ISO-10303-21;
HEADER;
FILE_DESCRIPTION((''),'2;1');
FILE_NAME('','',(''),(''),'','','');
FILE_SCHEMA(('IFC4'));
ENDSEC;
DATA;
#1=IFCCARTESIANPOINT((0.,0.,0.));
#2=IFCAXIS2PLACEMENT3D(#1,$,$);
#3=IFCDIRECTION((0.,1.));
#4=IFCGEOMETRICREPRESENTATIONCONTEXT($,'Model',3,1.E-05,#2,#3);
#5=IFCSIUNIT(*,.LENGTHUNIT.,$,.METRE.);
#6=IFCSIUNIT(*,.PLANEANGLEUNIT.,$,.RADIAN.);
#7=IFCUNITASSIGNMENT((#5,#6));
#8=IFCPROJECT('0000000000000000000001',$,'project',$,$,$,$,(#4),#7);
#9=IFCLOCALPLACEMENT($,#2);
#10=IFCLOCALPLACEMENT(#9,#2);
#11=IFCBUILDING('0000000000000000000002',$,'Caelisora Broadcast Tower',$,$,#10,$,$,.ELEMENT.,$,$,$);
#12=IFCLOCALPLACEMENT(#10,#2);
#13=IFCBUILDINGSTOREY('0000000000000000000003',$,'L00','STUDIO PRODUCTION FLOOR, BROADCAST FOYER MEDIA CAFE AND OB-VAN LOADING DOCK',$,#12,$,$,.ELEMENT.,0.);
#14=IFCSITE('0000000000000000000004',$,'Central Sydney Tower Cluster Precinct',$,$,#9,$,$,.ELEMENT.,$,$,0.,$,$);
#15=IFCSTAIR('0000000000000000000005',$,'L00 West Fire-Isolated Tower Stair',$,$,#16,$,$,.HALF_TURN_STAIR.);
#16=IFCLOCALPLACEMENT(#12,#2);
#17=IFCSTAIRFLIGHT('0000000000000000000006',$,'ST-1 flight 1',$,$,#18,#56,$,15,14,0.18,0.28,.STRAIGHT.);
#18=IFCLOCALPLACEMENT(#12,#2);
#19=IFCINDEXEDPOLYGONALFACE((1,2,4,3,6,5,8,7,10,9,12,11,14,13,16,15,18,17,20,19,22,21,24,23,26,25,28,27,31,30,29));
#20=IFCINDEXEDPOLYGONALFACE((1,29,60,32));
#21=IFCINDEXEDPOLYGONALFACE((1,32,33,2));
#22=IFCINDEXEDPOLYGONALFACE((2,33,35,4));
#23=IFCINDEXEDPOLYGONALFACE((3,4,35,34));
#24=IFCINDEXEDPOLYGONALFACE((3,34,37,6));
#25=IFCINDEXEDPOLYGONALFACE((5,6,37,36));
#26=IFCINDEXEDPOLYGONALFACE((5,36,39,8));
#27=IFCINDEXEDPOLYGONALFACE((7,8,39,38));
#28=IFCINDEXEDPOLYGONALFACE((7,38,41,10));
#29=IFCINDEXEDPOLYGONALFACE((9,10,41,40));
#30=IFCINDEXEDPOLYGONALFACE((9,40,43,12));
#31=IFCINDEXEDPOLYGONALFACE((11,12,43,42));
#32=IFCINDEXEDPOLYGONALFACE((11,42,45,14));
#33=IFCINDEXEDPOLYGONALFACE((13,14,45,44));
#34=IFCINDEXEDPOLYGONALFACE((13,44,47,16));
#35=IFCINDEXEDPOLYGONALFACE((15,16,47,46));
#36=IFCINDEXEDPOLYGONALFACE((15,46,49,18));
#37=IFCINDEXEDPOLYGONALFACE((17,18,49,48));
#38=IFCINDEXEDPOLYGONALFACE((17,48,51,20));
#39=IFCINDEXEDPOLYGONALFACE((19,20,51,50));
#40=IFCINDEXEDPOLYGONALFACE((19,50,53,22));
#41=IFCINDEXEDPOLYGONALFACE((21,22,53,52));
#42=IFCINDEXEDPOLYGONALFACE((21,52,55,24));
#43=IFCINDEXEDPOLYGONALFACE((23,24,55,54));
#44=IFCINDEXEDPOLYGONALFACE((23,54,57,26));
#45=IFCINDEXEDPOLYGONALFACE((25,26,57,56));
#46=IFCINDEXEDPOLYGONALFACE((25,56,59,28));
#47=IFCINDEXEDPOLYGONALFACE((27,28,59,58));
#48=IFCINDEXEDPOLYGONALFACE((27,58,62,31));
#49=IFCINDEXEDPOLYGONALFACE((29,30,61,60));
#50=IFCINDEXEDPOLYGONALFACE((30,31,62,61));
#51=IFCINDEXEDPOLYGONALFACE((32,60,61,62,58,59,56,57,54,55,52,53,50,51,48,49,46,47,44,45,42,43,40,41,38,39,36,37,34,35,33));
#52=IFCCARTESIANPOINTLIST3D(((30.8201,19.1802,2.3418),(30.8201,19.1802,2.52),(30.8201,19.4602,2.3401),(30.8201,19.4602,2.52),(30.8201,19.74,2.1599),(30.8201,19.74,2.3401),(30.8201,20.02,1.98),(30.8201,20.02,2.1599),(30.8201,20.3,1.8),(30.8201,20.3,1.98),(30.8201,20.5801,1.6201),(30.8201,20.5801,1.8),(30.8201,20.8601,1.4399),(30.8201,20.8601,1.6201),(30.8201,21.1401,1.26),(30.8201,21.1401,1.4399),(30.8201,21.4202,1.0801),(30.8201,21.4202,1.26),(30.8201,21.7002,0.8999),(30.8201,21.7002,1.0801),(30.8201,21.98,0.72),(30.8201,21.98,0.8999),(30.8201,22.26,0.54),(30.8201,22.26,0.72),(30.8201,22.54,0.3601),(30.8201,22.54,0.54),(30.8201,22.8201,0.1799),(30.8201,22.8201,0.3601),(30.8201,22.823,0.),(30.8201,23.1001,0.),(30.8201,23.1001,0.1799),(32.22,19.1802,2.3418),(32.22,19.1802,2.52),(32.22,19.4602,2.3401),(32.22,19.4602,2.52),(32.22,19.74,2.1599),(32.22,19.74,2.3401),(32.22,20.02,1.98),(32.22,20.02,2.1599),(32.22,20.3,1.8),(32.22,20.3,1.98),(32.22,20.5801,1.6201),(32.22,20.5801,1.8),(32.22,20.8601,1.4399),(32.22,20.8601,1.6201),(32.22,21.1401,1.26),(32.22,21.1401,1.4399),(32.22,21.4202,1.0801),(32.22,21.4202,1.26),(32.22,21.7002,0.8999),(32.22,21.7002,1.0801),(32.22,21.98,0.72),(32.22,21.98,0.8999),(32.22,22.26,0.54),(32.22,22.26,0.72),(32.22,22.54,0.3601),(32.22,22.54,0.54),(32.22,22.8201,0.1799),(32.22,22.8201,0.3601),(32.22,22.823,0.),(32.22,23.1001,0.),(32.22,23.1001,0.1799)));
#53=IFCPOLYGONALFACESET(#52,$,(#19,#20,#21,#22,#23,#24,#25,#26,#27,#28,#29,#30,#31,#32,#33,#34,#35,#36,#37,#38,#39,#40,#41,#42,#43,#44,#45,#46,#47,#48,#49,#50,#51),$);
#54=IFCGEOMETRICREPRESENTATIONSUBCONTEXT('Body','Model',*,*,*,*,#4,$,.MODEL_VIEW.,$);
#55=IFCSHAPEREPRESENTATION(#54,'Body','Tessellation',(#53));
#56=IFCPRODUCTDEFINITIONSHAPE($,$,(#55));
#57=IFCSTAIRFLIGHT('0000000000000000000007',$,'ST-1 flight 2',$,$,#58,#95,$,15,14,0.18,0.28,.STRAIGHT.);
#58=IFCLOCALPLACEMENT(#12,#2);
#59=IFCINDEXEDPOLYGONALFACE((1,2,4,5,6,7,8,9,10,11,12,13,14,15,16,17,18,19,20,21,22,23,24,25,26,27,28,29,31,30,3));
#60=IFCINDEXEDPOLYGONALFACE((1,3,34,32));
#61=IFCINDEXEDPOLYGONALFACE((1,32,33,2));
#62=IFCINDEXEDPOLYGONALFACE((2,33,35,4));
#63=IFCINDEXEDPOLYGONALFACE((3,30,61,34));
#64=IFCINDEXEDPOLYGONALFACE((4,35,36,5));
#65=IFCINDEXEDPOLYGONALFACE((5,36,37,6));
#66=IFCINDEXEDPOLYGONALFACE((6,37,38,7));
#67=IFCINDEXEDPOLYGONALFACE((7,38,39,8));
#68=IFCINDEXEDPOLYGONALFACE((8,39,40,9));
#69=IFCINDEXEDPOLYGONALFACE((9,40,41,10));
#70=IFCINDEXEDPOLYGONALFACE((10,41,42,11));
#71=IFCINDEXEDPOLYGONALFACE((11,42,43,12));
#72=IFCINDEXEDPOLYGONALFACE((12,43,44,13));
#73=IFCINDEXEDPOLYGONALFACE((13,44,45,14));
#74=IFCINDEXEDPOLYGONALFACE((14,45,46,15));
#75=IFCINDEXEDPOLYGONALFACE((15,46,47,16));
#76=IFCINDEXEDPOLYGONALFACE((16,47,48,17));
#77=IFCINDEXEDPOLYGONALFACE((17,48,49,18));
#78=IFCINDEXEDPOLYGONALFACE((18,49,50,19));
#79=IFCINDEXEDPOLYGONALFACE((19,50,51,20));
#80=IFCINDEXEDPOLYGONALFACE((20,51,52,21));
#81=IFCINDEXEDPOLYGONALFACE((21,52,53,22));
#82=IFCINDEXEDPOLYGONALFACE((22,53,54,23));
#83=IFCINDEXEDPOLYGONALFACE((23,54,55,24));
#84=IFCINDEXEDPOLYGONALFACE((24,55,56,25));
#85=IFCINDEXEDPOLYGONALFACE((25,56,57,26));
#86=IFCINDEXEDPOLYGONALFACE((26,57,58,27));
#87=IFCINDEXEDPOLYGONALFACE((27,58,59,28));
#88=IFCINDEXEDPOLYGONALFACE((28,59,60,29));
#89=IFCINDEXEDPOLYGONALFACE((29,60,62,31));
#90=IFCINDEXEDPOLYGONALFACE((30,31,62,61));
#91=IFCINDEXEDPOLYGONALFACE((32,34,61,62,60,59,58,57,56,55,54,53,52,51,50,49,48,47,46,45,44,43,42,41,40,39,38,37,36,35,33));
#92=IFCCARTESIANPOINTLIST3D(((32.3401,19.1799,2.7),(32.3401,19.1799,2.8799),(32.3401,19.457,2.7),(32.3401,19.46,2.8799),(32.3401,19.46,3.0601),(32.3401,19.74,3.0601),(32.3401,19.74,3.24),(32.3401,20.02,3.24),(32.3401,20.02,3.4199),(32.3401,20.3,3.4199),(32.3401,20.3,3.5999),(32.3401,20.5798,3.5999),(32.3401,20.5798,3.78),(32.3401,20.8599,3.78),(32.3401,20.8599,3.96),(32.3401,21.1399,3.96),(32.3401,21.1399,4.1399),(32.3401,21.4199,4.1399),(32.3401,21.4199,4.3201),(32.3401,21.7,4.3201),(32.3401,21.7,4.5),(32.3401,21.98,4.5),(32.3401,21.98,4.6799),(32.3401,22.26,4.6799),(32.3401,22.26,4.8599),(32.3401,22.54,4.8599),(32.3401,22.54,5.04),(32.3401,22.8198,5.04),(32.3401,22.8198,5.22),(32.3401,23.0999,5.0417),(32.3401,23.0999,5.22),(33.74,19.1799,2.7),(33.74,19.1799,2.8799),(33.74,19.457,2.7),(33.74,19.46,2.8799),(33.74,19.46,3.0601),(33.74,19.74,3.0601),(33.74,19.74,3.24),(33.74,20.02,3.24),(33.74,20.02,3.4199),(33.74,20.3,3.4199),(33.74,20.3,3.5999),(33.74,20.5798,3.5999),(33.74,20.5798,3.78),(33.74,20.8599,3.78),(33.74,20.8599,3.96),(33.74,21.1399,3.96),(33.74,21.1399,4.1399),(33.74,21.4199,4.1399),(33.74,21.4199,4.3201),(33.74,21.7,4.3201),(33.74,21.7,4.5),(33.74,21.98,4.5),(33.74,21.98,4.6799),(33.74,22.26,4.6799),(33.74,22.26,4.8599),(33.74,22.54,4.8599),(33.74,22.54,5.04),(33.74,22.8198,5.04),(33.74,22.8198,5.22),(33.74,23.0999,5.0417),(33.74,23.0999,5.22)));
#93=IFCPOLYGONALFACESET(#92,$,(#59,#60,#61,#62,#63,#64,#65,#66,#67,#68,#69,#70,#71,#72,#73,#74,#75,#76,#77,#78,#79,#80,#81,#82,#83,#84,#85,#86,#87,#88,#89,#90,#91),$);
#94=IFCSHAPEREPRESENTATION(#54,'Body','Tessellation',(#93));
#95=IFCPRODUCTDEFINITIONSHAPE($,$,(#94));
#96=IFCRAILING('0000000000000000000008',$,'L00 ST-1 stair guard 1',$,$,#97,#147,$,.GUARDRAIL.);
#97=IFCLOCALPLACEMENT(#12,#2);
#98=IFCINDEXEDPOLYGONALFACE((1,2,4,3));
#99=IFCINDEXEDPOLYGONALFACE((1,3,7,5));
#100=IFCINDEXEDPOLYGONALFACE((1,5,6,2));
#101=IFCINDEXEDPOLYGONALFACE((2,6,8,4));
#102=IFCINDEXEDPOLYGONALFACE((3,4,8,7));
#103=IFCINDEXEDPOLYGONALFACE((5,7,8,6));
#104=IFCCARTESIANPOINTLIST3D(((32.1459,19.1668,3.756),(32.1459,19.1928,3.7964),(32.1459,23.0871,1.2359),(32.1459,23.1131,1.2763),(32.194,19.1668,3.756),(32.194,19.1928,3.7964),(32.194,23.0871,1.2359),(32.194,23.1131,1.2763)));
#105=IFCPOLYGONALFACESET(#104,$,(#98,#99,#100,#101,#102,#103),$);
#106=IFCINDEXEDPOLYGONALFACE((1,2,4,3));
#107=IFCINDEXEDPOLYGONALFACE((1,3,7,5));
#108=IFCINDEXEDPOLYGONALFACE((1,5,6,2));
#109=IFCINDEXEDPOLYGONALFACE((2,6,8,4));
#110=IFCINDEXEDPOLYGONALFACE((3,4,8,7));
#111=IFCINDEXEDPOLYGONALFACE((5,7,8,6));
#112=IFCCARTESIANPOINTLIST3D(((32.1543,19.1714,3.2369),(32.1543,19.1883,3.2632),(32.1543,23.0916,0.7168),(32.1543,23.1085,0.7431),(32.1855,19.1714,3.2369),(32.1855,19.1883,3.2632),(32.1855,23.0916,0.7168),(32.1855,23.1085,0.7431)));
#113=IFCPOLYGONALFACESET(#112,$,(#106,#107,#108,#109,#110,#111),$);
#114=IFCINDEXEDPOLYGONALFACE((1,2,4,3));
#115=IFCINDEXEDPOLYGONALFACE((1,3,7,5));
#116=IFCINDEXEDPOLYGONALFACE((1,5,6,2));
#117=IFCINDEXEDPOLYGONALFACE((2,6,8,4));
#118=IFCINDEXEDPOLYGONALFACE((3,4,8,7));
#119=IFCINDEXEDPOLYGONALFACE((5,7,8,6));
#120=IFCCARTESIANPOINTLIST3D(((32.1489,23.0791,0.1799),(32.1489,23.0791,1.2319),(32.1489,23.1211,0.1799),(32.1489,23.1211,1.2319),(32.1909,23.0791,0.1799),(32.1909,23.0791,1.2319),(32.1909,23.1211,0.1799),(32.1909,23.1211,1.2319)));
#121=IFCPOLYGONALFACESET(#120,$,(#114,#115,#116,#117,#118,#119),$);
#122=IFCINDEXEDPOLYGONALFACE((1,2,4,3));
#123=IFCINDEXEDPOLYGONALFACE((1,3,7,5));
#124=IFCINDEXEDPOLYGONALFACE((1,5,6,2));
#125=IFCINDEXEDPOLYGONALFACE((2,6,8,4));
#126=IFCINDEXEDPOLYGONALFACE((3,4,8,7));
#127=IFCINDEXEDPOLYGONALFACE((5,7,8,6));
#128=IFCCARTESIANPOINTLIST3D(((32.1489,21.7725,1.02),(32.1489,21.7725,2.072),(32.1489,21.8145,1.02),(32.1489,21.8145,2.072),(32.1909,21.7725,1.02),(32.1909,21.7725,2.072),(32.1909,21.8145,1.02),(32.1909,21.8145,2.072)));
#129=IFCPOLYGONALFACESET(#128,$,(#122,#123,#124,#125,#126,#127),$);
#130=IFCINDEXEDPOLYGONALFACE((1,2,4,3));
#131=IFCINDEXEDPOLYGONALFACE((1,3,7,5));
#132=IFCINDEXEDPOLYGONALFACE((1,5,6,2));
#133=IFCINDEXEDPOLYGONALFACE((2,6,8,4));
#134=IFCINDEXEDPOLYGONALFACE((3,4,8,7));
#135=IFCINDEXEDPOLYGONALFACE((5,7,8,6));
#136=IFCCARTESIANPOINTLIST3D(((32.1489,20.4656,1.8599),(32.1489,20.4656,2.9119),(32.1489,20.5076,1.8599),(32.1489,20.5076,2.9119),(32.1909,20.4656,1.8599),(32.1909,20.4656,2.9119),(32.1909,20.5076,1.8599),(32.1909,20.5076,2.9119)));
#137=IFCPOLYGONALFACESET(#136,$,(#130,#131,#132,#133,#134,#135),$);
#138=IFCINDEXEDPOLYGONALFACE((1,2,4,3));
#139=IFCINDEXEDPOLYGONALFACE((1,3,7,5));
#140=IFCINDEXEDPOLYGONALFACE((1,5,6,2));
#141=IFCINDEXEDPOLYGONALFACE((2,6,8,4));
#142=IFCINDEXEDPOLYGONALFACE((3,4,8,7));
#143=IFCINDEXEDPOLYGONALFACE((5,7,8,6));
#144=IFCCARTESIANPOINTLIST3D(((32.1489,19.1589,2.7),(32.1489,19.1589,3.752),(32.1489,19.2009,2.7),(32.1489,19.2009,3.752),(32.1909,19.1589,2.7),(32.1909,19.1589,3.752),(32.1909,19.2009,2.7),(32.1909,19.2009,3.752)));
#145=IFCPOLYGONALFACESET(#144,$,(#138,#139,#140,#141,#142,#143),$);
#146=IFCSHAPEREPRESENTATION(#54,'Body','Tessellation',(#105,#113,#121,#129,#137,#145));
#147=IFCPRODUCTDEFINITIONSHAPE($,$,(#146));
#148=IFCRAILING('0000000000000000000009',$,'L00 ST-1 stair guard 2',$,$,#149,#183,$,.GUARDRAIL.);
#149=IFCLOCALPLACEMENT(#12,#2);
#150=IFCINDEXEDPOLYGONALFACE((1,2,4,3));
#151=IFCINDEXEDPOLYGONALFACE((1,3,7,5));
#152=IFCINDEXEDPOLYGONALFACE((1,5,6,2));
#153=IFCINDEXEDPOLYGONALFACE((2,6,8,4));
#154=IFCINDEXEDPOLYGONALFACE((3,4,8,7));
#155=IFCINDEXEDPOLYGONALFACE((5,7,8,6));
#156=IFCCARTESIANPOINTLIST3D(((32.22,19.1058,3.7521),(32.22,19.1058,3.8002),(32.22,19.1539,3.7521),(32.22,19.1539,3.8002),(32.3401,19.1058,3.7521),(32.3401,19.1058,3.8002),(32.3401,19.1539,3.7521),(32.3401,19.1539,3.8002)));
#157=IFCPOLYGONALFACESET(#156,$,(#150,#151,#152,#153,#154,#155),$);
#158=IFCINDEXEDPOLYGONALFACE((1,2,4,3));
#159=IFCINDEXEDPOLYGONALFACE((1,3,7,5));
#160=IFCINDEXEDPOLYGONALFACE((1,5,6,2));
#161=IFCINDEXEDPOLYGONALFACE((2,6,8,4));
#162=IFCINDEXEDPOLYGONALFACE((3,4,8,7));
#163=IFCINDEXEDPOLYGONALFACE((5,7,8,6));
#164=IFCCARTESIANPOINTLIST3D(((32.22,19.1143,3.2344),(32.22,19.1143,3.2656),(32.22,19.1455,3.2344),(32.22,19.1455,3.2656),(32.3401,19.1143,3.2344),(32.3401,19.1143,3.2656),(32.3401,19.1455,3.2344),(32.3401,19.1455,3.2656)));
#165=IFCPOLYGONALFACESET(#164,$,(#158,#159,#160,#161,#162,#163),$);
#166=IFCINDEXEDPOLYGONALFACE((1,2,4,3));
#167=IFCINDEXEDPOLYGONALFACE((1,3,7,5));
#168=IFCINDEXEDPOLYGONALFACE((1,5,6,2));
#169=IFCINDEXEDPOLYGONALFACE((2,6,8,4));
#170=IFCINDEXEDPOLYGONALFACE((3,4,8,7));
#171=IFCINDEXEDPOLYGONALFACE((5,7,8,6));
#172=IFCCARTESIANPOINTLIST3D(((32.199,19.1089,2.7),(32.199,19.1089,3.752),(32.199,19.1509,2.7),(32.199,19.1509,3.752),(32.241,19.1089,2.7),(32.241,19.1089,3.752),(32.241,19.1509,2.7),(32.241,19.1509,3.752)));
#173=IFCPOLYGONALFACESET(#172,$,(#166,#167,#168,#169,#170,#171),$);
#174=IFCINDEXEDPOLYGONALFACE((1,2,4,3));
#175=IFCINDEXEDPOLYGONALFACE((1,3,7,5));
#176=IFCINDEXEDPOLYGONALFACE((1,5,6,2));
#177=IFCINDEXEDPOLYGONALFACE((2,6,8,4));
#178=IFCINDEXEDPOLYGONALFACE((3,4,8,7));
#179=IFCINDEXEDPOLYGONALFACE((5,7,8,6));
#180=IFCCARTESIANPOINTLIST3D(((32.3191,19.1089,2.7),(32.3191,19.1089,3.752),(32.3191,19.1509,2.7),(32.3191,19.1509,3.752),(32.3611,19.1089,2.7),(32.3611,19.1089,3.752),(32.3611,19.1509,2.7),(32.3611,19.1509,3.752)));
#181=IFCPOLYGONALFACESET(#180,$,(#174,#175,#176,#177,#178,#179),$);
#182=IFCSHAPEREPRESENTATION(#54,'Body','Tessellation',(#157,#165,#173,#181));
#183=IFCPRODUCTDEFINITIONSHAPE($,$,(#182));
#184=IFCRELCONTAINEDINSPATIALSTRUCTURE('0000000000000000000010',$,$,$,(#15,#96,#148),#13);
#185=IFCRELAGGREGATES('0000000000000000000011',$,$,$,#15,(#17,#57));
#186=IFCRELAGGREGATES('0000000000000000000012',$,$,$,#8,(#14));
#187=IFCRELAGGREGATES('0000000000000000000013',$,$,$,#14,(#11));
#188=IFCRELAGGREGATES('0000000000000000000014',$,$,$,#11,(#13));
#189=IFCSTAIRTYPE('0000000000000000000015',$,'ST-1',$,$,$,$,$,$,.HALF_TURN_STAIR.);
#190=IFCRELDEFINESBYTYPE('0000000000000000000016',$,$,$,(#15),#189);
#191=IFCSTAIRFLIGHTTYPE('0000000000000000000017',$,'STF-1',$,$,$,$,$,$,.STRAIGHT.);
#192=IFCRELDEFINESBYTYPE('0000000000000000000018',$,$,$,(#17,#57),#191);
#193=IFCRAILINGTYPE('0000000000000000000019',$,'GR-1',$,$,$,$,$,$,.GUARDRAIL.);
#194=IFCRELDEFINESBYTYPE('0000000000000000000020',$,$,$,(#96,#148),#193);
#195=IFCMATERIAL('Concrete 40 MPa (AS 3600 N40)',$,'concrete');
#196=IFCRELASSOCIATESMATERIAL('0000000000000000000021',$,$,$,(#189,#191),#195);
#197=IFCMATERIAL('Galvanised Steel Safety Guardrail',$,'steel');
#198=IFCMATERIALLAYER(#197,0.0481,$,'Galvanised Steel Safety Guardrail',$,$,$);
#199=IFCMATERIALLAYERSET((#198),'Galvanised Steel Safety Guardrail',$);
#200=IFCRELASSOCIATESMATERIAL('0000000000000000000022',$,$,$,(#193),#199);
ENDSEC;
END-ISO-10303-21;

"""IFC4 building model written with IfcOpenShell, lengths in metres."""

from ifc_helpers import new_model, si_unit, direction, frame, origin, origin_2d, place, context, subcontext, project, spatial, polyline, rectangle, outline, extrude, material, layer, layer_set, type_object, element, aggregate, save


model = new_model("IFC4")

# Units and contexts
model_context = context("Model", 3, precision=1e-05, world=origin(), true_north=direction((0.0, 1.0)))
body_context = subcontext(model_context, "Body", "Model", "MODEL_VIEW")
ifc_project = project(units=[si_unit("LENGTHUNIT", "METRE"), si_unit("PLANEANGLEUNIT", "RADIAN")], contexts=[model_context])

# Site, building, storey
site_placement = place(None, origin())
site = spatial("IfcSite", under=ifc_project, at=site_placement, Name="Central Sydney Tower Cluster Precinct", CompositionType="ELEMENT", RefElevation=0.0)
building_placement = place(site_placement, origin())
building = spatial("IfcBuilding", under=site, at=building_placement, Name="Caelisora Broadcast Tower", CompositionType="ELEMENT")
storey_placement = place(building_placement, origin())
storey = spatial("IfcBuildingStorey", under=building, at=storey_placement, Name="L00", Description="STUDIO PRODUCTION FLOOR, BROADCAST FOYER MEDIA CAFE AND OB-VAN LOADING DOCK", CompositionType="ELEMENT", Elevation=0.0)

# Stair, stair flights
ifc_material_1 = material(Name="Concrete 40 MPa (AS 3600 N40)", Category="concrete")
stair_type = type_object("IfcStairType", Name="ST-1", PredefinedType="HALF_TURN_STAIR", material=ifc_material_1)
stair_placement = place(storey_placement, origin())
stair = element("IfcStair", 1, at=stair_placement, inside=storey, type_object=stair_type, Name="L00 West Fire-Isolated Tower Stair", PredefinedType="HALF_TURN_STAIR")
stair_flight_type = type_object("IfcStairFlightType", Name="STF-1", PredefinedType="STRAIGHT", material=ifc_material_1)
stair_flight_1_placement = place(storey_placement, frame((31.52, 23.1001, 0.0), z_axis=(0.0, 0.0, 1.0), x_axis=(0.0, -1.0, 0.0)))
stair_flight_1 = element("IfcStairFlight", 2, at=stair_flight_1_placement, type_object=stair_flight_type, Name="ST-1 flight 1", NumberOfRisers=15, NumberOfTreads=14, PredefinedType="STRAIGHT", RiserHeight=0.18, TreadLength=0.28, context=body_context, shape_type="SweptSolid", body=[
    extrude(outline(polyline([(0.0, 0.0), (0.0, 0.1799), (0.28, 0.1799), (0.28, 0.3601), (0.5601, 0.3601), (0.5601, 0.54), (0.8401, 0.54), (0.8401, 0.72), (1.1201, 0.72), (1.1201, 0.8999), (1.3999, 0.8999), (1.3999, 1.0801), (1.6799, 1.0801), (1.6799, 1.26), (1.96, 1.26), (1.96, 1.4399), (2.24, 1.4399), (2.24, 1.6201), (2.52, 1.6201), (2.52, 1.8), (2.8, 1.8), (2.8, 1.98), (3.0801, 1.98), (3.0801, 2.1599), (3.3601, 2.1599), (3.3601, 2.3401), (3.6399, 2.3401), (3.6399, 2.52), (3.9199, 2.52), (3.9199, 2.7), (3.9199, 2.3418), (0.2771, 0.0), (0.0, 0.0)])), frame((0.0, 0.7, 0.0), z_axis=(0.0, -1.0, 0.0), x_axis=(1.0, 0.0, 0.0)), (0.0, 0.0, 1.0), 1.3999),
])
stair_flight_2_placement = place(storey_placement, frame((33.04, 19.1799, 2.7), z_axis=(0.0, 0.0, 1.0), x_axis=(0.0, 1.0, 0.0)))
stair_flight_2 = element("IfcStairFlight", 3, at=stair_flight_2_placement, type_object=stair_flight_type, Name="ST-1 flight 2", NumberOfRisers=15, NumberOfTreads=14, PredefinedType="STRAIGHT", RiserHeight=0.18, TreadLength=0.28, context=body_context, shape_type="SweptSolid", body=[
    extrude(outline(polyline([(0.0, 0.0), (0.0, 0.1799), (0.28, 0.1799), (0.28, 0.3601), (0.5601, 0.3601), (0.5601, 0.54), (0.8401, 0.54), (0.8401, 0.72), (1.1201, 0.72), (1.1201, 0.8999), (1.3999, 0.8999), (1.3999, 1.0801), (1.6799, 1.0801), (1.6799, 1.26), (1.96, 1.26), (1.96, 1.4399), (2.24, 1.4399), (2.24, 1.6201), (2.52, 1.6201), (2.52, 1.8), (2.8, 1.8), (2.8, 1.98), (3.0801, 1.98), (3.0801, 2.1599), (3.3601, 2.1599), (3.3601, 2.3401), (3.6399, 2.3401), (3.6399, 2.52), (3.9199, 2.52), (3.9199, 2.7), (3.9199, 2.3418), (0.2771, 0.0), (0.0, 0.0)])), frame((0.0, 0.7, 0.0), z_axis=(0.0, -1.0, 0.0), x_axis=(1.0, 0.0, 0.0)), (0.0, 0.0, 1.0), 1.3999),
])
aggregate(stair, [stair_flight_1, stair_flight_2])

# Railings
ifc_material_2 = material(Name="Galvanised Steel Safety Guardrail", Category="steel")
ifc_layer_1 = layer(ifc_material_2, 0.0481, Name="Galvanised Steel Safety Guardrail")
ifc_layer_set_1 = layer_set([ifc_layer_1], Name="Galvanised Steel Safety Guardrail")
railing_type_1 = type_object("IfcRailingType", Name="GR-1", PredefinedType="GUARDRAIL", material=ifc_layer_set_1)
railing_1_placement = place(storey_placement, frame((32.1699, 23.1001, 0.1799)))
element("IfcRailing", 4, at=railing_1_placement, inside=storey, type_object=railing_type_1, Name="L00 ST-1 stair guard 1", PredefinedType="GUARDRAIL", context=body_context, shape_type="SweptSolid", body=[
    extrude(rectangle(XDim=0.0481, YDim=0.0481, at=origin_2d()), frame((0.0, 0.0, 1.0762), z_axis=(0.0, -0.841187, 0.540744), x_axis=(1.0, 0.0, 0.0)), (0.0, 0.0, 1.0), 4.6604),
    extrude(rectangle(XDim=0.0312, YDim=0.0312, at=origin_2d()), frame((0.0, 0.0, 0.55), z_axis=(0.0, -0.841187, 0.540744), x_axis=(1.0, 0.0, 0.0)), (0.0, 0.0, 1.0), 4.6604),
    extrude(rectangle(XDim=0.042, YDim=0.042, at=origin_2d()), origin(), (0.0, 0.0, 1.0), 1.052),
    extrude(rectangle(XDim=0.042, YDim=0.042, at=origin_2d()), frame((0.0, -1.3066, 0.8401)), (0.0, 0.0, 1.0), 1.052),
    extrude(rectangle(XDim=0.042, YDim=0.042, at=origin_2d()), frame((0.0, -2.6135, 1.6799)), (0.0, 0.0, 1.0), 1.052),
    extrude(rectangle(XDim=0.042, YDim=0.042, at=origin_2d()), frame((0.0, -3.9202, 2.52)), (0.0, 0.0, 1.0), 1.052),
])
railing_2_placement = place(storey_placement, frame((32.22, 19.1299, 2.7)))
element("IfcRailing", 5, at=railing_2_placement, inside=storey, type_object=railing_type_1, Name="L00 ST-1 stair guard 2", PredefinedType="GUARDRAIL", context=body_context, shape_type="SweptSolid", body=[
    extrude(rectangle(XDim=0.0481, YDim=0.0481, at=origin_2d()), frame((0.0, 0.0, 1.0762), z_axis=(1.0, 0.0, 0.0), x_axis=(0.0, 1.0, 0.0)), (0.0, 0.0, 1.0), 0.1201),
    extrude(rectangle(XDim=0.0312, YDim=0.0312, at=origin_2d()), frame((0.0, 0.0, 0.55), z_axis=(1.0, 0.0, 0.0), x_axis=(0.0, 1.0, 0.0)), (0.0, 0.0, 1.0), 0.1201),
    extrude(rectangle(XDim=0.042, YDim=0.042, at=origin_2d()), origin(), (0.0, 0.0, 1.0), 1.052),
    extrude(rectangle(XDim=0.042, YDim=0.042, at=origin_2d()), frame((0.1201, 0.0, 0.0)), (0.0, 0.0, 1.0), 1.052),
])

save(model, "model.ifc")
